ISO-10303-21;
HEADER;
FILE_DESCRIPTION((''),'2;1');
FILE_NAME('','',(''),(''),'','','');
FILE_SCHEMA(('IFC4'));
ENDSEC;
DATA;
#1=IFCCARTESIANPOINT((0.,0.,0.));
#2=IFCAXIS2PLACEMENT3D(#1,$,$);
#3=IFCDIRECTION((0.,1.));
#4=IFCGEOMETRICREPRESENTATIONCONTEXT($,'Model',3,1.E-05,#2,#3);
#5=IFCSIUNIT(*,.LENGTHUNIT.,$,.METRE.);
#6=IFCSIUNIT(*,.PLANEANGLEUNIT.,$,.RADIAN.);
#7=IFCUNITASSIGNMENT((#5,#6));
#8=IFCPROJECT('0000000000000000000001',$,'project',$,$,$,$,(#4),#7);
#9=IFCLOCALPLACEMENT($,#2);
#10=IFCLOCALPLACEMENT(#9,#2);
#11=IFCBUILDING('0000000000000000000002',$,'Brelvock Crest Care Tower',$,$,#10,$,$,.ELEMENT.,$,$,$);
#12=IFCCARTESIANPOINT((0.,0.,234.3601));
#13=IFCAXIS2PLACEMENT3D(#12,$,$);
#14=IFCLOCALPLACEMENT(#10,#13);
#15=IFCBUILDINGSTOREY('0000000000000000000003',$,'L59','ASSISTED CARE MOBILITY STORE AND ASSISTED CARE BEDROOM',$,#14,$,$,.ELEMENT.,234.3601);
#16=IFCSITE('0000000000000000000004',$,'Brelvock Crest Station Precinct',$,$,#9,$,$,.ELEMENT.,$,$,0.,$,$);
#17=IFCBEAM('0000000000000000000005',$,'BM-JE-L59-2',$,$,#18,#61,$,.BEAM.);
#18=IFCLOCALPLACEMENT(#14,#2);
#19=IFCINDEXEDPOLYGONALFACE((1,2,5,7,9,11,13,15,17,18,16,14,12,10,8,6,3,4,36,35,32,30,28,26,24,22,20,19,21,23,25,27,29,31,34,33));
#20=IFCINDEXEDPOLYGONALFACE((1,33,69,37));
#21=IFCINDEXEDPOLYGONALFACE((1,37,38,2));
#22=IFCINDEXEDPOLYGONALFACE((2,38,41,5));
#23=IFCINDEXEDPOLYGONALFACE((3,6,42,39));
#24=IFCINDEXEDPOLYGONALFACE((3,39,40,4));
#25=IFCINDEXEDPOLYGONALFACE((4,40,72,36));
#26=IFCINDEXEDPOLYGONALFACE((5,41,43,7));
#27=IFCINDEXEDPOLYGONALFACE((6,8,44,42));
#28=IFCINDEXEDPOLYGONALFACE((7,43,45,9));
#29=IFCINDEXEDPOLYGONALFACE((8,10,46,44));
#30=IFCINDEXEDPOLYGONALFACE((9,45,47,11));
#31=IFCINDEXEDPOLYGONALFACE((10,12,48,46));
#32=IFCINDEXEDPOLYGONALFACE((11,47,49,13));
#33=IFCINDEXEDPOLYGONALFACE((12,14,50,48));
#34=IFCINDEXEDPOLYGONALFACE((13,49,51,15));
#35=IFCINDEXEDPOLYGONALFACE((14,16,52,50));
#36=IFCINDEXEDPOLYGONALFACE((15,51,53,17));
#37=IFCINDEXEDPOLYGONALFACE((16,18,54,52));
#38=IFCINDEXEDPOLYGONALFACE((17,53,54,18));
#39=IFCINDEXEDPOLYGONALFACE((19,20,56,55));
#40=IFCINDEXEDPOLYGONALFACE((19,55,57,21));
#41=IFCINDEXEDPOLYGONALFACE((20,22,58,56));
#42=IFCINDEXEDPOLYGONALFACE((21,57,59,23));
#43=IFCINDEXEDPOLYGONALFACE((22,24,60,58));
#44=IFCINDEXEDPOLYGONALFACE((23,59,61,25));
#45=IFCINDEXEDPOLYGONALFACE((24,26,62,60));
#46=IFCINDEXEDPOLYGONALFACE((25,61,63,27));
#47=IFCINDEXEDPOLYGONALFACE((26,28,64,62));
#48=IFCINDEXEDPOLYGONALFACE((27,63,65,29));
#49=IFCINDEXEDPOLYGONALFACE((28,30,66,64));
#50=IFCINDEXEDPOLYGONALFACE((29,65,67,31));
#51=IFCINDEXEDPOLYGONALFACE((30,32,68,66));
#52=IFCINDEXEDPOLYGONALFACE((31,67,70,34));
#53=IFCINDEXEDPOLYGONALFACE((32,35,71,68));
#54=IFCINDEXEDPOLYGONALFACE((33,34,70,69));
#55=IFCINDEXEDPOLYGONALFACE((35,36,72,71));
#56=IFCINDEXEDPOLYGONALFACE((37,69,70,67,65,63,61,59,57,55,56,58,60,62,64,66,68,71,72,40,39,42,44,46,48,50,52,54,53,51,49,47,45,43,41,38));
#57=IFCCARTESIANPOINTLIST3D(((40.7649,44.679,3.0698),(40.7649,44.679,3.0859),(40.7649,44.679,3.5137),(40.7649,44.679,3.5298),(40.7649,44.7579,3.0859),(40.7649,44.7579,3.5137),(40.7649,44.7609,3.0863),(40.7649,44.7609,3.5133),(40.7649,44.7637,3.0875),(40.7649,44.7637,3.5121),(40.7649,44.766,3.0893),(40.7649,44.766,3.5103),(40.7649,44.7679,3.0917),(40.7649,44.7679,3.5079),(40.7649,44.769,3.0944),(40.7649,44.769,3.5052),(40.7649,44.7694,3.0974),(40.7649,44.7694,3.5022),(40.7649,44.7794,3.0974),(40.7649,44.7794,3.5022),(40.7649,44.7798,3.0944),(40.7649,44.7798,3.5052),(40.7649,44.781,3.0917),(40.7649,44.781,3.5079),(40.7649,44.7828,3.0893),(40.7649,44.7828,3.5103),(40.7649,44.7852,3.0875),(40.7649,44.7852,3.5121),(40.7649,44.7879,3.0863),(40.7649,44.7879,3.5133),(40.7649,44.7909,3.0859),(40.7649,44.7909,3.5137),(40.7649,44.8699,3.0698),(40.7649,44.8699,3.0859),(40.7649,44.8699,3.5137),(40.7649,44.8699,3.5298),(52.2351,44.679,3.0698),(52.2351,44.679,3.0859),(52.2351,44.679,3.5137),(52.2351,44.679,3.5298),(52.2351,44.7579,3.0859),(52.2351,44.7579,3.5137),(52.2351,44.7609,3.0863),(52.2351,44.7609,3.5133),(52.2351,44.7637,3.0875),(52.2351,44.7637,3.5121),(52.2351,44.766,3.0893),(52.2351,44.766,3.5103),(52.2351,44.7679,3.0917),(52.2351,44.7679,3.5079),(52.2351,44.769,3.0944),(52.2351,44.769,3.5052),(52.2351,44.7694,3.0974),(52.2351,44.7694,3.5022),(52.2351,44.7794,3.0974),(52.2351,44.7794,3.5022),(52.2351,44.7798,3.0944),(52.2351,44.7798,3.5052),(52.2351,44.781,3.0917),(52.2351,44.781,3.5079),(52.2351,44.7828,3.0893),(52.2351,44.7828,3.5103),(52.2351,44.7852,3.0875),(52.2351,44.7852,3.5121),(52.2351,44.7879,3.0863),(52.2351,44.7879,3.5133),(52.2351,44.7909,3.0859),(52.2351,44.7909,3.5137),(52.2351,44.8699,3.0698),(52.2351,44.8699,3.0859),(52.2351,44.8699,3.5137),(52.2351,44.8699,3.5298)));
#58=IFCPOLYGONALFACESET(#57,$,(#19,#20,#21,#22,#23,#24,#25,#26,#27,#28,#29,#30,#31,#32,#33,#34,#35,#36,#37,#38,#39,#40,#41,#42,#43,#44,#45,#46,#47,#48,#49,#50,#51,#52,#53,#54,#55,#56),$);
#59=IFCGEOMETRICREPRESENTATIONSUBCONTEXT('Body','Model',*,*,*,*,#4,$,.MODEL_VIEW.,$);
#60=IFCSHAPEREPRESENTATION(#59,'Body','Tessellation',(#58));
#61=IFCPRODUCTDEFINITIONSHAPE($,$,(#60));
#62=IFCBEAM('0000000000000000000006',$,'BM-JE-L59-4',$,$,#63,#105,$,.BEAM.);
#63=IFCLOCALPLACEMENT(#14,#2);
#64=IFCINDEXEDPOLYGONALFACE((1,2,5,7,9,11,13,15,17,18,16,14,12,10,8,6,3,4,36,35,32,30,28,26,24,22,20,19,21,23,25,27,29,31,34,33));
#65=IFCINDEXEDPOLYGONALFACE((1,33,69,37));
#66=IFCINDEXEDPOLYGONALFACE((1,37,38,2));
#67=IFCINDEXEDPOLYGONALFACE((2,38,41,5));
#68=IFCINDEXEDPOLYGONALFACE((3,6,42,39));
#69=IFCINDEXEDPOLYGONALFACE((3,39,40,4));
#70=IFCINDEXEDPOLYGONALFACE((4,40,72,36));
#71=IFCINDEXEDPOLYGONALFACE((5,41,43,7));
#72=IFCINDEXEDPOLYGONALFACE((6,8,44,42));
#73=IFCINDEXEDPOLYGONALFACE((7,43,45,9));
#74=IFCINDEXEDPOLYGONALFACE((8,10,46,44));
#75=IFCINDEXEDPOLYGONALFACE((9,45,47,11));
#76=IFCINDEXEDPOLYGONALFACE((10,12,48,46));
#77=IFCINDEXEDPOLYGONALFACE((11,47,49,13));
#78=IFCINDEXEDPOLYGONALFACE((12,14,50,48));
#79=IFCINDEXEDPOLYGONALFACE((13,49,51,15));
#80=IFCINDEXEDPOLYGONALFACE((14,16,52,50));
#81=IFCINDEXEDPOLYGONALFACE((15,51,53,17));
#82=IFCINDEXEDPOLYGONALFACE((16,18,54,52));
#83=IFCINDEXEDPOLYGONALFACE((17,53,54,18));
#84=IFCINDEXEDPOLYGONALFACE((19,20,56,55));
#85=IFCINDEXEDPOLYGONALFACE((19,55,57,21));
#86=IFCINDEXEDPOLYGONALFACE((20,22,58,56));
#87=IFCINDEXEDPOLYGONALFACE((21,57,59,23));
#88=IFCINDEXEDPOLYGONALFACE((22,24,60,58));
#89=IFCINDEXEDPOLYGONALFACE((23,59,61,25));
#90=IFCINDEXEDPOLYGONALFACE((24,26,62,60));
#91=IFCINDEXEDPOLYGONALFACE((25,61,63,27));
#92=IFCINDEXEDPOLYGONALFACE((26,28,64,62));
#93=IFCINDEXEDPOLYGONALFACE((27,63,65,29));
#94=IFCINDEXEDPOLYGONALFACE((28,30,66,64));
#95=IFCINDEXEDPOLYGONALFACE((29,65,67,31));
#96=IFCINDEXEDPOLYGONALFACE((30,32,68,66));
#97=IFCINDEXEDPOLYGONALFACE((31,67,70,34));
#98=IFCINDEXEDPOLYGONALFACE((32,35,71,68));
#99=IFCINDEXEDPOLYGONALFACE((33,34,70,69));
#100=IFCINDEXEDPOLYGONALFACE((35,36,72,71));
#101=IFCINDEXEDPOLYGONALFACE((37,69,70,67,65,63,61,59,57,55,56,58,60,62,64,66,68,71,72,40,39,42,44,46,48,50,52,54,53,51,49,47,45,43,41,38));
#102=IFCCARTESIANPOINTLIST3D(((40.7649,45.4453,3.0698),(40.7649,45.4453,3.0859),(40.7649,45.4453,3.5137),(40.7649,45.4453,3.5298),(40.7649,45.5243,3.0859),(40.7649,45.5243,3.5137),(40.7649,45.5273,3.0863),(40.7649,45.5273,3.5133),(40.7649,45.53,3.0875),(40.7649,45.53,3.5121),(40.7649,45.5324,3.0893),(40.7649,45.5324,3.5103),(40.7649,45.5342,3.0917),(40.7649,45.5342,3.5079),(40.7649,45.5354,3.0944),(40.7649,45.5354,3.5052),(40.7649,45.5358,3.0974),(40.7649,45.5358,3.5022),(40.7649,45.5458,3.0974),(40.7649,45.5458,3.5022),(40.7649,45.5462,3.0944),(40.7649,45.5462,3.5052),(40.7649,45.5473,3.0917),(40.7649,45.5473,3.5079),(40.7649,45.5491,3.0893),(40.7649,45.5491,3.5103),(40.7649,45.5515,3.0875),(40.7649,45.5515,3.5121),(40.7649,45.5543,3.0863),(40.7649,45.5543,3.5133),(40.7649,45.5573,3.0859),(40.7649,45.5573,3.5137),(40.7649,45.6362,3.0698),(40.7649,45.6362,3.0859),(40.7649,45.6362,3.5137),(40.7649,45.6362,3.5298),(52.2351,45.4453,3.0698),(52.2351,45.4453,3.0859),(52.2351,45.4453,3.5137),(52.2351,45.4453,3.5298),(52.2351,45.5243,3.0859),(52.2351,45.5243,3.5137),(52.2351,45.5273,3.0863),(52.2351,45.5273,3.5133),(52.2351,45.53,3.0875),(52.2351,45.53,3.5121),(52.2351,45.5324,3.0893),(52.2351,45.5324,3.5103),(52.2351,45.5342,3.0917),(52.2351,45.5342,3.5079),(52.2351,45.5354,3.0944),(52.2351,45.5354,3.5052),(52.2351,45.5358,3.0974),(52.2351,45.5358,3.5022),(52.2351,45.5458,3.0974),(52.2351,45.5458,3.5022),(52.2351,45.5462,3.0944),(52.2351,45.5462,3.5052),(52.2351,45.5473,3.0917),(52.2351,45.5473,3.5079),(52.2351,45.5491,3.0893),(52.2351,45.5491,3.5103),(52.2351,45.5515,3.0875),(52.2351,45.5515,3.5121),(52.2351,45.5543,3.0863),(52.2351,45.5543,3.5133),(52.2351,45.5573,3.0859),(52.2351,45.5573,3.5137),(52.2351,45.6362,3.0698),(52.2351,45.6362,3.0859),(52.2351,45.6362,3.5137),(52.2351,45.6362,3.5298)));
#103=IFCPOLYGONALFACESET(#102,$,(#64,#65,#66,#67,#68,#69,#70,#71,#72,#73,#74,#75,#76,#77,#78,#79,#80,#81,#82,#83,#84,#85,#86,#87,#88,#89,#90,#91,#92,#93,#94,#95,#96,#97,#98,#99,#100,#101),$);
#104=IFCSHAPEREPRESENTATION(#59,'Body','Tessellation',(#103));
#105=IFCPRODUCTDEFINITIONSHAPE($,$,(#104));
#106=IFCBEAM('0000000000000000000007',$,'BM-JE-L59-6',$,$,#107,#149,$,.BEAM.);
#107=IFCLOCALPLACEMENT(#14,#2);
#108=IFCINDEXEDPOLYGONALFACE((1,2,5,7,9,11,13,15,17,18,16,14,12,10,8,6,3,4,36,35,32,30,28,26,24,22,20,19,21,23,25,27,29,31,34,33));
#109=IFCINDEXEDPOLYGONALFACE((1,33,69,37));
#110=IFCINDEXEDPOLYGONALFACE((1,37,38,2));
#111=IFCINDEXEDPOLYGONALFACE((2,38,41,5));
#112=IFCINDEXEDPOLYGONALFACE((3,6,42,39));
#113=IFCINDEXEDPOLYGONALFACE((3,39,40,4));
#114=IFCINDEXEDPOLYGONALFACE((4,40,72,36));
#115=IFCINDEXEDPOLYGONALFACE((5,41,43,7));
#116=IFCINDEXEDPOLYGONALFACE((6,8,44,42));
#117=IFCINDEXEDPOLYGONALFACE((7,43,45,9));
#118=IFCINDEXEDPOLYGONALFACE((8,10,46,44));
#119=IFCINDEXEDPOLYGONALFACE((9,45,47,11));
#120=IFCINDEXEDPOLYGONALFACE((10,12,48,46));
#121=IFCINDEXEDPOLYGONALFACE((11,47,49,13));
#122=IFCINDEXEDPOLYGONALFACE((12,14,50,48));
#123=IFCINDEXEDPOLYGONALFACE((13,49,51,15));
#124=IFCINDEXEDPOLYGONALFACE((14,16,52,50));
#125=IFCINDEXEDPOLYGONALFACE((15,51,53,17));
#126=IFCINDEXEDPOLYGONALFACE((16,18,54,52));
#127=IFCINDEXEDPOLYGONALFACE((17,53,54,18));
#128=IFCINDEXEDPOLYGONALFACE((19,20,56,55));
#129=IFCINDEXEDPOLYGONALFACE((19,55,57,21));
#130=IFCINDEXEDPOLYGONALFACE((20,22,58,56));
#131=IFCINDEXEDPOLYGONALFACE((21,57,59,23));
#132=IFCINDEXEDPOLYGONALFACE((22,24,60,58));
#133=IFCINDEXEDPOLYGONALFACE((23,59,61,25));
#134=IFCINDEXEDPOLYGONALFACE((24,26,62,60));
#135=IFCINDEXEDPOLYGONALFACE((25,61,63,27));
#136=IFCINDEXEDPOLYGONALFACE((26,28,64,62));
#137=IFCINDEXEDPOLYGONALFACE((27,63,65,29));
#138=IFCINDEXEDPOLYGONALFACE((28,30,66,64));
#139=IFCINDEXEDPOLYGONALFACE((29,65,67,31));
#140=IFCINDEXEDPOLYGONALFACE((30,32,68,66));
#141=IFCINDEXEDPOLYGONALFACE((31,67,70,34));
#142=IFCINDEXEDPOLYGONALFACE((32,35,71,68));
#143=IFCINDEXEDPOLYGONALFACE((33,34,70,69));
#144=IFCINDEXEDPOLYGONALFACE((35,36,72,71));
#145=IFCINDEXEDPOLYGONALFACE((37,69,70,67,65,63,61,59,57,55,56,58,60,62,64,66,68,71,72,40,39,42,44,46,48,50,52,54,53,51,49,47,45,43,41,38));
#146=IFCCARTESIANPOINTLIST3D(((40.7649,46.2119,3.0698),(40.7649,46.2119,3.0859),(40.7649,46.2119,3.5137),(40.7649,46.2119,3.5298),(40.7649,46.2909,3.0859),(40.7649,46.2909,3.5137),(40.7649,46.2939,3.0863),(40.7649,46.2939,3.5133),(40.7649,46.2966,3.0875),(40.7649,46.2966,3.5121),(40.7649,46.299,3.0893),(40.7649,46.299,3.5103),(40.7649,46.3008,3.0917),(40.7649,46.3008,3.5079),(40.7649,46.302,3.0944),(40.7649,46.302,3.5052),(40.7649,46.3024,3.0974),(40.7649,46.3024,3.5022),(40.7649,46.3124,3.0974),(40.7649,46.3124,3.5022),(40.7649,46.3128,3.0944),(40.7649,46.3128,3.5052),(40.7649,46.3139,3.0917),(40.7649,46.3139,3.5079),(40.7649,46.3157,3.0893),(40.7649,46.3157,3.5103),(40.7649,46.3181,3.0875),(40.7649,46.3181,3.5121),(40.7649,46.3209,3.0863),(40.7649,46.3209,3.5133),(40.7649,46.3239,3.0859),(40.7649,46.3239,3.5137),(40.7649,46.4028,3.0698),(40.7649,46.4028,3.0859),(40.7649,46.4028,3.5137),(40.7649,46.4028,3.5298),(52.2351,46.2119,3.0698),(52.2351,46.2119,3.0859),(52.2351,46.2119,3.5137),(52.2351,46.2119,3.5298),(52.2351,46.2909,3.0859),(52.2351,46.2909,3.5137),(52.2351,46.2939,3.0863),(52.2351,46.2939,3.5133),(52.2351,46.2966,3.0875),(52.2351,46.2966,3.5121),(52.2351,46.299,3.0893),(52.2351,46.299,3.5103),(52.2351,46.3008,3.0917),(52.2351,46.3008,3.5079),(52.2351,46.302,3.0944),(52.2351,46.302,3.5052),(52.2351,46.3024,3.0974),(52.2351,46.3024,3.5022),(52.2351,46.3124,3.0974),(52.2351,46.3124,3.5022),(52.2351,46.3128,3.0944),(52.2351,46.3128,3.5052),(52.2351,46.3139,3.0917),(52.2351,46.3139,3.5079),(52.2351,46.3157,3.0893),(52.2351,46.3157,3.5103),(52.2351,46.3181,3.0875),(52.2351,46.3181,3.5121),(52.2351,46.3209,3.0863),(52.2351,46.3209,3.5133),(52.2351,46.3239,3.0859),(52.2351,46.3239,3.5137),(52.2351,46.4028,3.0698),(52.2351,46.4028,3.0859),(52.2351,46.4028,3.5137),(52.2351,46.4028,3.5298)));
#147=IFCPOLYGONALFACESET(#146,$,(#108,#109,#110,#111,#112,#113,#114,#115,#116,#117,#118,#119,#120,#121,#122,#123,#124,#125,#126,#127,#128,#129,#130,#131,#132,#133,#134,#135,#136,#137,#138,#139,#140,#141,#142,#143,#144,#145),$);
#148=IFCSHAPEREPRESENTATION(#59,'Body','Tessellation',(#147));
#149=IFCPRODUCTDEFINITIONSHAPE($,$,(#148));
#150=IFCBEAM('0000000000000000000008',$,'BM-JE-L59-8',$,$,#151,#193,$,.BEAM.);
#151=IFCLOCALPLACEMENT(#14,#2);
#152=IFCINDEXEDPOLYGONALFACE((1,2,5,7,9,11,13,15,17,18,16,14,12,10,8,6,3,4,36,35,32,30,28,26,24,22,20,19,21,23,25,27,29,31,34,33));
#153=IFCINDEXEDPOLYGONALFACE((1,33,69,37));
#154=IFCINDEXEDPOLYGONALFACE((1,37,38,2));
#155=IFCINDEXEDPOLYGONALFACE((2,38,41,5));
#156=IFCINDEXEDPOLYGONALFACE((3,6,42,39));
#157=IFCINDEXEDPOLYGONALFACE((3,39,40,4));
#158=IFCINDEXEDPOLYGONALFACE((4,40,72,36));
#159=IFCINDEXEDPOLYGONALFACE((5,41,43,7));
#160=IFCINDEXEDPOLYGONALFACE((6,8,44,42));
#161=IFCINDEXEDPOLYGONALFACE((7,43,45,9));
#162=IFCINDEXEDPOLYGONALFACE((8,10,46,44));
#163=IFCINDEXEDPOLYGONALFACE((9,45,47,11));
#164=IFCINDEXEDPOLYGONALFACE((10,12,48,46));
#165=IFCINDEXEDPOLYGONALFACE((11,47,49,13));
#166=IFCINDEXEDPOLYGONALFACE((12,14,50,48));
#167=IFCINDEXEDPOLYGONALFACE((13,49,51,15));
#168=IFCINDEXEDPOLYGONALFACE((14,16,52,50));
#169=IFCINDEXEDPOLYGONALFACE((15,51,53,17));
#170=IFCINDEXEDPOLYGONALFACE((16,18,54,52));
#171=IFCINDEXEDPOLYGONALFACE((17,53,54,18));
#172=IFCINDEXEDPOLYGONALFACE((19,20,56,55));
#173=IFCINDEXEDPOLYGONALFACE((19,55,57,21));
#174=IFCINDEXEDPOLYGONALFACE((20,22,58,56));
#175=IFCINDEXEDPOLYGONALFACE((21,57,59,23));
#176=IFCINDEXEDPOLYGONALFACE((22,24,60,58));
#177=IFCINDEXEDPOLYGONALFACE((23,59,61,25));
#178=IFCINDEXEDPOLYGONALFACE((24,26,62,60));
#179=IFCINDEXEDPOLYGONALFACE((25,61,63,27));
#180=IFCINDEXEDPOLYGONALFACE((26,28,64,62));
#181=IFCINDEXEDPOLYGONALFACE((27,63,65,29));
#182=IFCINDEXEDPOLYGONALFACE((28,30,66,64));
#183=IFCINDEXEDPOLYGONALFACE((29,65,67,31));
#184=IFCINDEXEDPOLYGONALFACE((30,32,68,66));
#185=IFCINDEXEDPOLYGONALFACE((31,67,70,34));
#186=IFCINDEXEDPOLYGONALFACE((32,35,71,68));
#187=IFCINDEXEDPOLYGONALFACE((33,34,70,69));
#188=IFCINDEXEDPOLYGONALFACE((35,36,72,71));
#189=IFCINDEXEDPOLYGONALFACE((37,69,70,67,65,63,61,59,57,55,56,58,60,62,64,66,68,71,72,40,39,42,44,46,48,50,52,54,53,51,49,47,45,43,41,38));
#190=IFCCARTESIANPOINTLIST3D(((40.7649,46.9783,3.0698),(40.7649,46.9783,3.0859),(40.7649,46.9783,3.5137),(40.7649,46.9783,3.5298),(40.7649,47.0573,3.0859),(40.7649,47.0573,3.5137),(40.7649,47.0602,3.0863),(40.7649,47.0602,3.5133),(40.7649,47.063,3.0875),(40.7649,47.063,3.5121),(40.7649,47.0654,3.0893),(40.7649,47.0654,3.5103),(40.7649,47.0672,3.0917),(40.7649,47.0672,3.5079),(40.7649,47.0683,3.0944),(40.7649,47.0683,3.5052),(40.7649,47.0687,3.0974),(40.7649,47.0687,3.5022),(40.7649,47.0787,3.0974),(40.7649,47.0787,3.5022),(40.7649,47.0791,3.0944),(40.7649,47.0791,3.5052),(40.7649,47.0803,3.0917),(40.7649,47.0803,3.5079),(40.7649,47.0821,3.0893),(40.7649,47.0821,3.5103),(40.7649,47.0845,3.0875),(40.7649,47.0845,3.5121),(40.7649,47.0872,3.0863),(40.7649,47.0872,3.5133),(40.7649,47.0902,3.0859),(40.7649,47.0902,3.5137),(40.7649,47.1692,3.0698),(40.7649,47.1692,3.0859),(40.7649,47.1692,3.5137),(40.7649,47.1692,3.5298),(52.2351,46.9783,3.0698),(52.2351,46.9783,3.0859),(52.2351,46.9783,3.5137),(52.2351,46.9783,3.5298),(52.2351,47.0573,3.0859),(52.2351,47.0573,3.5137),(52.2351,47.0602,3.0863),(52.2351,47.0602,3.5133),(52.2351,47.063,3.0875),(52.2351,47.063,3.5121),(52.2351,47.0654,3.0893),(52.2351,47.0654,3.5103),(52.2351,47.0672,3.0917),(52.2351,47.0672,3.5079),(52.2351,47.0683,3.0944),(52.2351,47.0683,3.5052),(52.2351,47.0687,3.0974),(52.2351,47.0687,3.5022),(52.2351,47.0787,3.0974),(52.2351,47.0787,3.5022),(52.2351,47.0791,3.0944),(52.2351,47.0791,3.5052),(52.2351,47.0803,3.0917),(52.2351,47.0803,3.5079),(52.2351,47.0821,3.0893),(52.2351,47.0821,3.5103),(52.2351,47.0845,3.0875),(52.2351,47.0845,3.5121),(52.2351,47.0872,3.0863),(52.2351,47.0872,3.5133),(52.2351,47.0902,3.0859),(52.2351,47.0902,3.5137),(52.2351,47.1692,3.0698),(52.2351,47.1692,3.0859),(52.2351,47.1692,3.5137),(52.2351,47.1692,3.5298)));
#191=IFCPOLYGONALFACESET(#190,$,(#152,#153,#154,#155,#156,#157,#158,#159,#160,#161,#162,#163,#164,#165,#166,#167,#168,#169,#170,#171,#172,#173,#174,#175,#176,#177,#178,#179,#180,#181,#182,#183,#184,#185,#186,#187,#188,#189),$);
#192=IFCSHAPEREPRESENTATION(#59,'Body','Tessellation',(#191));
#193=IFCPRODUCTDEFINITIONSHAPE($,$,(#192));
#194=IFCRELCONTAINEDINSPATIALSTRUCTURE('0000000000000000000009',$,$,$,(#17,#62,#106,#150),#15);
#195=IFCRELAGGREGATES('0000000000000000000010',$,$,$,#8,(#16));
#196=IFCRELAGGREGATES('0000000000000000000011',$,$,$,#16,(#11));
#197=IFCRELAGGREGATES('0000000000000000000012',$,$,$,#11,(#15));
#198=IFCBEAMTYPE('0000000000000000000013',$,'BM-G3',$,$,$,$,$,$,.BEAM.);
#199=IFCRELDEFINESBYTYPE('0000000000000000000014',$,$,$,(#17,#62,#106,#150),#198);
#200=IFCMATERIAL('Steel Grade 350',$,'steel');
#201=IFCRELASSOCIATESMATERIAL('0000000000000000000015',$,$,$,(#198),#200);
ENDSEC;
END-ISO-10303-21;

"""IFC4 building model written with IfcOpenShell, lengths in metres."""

from ifc_helpers import new_model, si_unit, direction, frame, origin, origin_2d, place, context, subcontext, project, spatial, i_section, extrude, source, transform, mapped, material, material_profile, profile_set, type_object, element, save


model = new_model("IFC4")

# Units and contexts
model_context = context("Model", 3, precision=1e-05, world=origin(), true_north=direction((0.0, 1.0)))
body_context = subcontext(model_context, "Body", "Model", "MODEL_VIEW")
ifc_project = project(units=[si_unit("LENGTHUNIT", "METRE"), si_unit("PLANEANGLEUNIT", "RADIAN")], contexts=[model_context])

# Site, building, storey
site_placement = place(None, origin())
site = spatial("IfcSite", under=ifc_project, at=site_placement, Name="Brelvock Crest Station Precinct", CompositionType="ELEMENT", RefElevation=0.0)
building_placement = place(site_placement, origin())
building = spatial("IfcBuilding", under=site, at=building_placement, Name="Brelvock Crest Care Tower", CompositionType="ELEMENT")
storey_placement = place(building_placement, frame((0.0, 0.0, 234.3601)))
storey = spatial("IfcBuildingStorey", under=building, at=storey_placement, Name="L59", Description="ASSISTED CARE MOBILITY STORE AND ASSISTED CARE BEDROOM", CompositionType="ELEMENT", Elevation=234.3601)

# Beams
ifc_material_1 = material(Name="Steel Grade 350", Category="steel")
ifc_material_profile_1 = material_profile(ifc_material_1, i_section(OverallWidth=0.1909, OverallDepth=0.46, WebThickness=0.01, FlangeThickness=0.0161, FilletRadius=0.0115, at=origin_2d()), Name="460UB82.1")
ifc_profile_set_1 = profile_set([ifc_material_profile_1], Name="Steel Grade 350")
beam_type_1 = type_object("IfcBeamType", Name="BM-G3", PredefinedType="BEAM", material=ifc_profile_set_1)
shared_shape_1 = source(origin(), body_context, "Body", "SweptSolid", [
    extrude(i_section(OverallWidth=0.1909, OverallDepth=0.46, WebThickness=0.01, FlangeThickness=0.0161, FilletRadius=0.0115, at=origin_2d()), origin(), (0.0, 0.0, 1.0), 11.4702),
])
for number, where, z_axis, x_axis, name in (
    (1, (40.7649, 44.7744, 3.2998), (1.0, 0.0, 0.0), (0.0, 1.0, 0.0), "BM-JE-L59-2"),
    (2, (40.7649, 45.5408, 3.2998), (1.0, 0.0, 0.0), (0.0, 1.0, 0.0), "BM-JE-L59-4"),
    (3, (40.7649, 46.3074, 3.2998), (1.0, 0.0, 0.0), (0.0, 1.0, 0.0), "BM-JE-L59-6"),
    (4, (40.7649, 47.0737, 3.2998), (1.0, 0.0, 0.0), (0.0, 1.0, 0.0), "BM-JE-L59-8"),
):
    element("IfcBeam", number, at=place(storey_placement, frame(where, z_axis=z_axis, x_axis=x_axis)), inside=storey, type_object=beam_type_1, Name=name, PredefinedType="BEAM", context=body_context, shape_type="MappedRepresentation", body=[
        mapped(shared_shape_1, transform((0.0, 0.0, 0.0), x_axis=(1.0, 0.0, 0.0), y_axis=(0.0, 1.0, 0.0), z_axis=(0.0, 0.0, 1.0), scale=1.0)),
    ])

save(model, "model.ifc")
